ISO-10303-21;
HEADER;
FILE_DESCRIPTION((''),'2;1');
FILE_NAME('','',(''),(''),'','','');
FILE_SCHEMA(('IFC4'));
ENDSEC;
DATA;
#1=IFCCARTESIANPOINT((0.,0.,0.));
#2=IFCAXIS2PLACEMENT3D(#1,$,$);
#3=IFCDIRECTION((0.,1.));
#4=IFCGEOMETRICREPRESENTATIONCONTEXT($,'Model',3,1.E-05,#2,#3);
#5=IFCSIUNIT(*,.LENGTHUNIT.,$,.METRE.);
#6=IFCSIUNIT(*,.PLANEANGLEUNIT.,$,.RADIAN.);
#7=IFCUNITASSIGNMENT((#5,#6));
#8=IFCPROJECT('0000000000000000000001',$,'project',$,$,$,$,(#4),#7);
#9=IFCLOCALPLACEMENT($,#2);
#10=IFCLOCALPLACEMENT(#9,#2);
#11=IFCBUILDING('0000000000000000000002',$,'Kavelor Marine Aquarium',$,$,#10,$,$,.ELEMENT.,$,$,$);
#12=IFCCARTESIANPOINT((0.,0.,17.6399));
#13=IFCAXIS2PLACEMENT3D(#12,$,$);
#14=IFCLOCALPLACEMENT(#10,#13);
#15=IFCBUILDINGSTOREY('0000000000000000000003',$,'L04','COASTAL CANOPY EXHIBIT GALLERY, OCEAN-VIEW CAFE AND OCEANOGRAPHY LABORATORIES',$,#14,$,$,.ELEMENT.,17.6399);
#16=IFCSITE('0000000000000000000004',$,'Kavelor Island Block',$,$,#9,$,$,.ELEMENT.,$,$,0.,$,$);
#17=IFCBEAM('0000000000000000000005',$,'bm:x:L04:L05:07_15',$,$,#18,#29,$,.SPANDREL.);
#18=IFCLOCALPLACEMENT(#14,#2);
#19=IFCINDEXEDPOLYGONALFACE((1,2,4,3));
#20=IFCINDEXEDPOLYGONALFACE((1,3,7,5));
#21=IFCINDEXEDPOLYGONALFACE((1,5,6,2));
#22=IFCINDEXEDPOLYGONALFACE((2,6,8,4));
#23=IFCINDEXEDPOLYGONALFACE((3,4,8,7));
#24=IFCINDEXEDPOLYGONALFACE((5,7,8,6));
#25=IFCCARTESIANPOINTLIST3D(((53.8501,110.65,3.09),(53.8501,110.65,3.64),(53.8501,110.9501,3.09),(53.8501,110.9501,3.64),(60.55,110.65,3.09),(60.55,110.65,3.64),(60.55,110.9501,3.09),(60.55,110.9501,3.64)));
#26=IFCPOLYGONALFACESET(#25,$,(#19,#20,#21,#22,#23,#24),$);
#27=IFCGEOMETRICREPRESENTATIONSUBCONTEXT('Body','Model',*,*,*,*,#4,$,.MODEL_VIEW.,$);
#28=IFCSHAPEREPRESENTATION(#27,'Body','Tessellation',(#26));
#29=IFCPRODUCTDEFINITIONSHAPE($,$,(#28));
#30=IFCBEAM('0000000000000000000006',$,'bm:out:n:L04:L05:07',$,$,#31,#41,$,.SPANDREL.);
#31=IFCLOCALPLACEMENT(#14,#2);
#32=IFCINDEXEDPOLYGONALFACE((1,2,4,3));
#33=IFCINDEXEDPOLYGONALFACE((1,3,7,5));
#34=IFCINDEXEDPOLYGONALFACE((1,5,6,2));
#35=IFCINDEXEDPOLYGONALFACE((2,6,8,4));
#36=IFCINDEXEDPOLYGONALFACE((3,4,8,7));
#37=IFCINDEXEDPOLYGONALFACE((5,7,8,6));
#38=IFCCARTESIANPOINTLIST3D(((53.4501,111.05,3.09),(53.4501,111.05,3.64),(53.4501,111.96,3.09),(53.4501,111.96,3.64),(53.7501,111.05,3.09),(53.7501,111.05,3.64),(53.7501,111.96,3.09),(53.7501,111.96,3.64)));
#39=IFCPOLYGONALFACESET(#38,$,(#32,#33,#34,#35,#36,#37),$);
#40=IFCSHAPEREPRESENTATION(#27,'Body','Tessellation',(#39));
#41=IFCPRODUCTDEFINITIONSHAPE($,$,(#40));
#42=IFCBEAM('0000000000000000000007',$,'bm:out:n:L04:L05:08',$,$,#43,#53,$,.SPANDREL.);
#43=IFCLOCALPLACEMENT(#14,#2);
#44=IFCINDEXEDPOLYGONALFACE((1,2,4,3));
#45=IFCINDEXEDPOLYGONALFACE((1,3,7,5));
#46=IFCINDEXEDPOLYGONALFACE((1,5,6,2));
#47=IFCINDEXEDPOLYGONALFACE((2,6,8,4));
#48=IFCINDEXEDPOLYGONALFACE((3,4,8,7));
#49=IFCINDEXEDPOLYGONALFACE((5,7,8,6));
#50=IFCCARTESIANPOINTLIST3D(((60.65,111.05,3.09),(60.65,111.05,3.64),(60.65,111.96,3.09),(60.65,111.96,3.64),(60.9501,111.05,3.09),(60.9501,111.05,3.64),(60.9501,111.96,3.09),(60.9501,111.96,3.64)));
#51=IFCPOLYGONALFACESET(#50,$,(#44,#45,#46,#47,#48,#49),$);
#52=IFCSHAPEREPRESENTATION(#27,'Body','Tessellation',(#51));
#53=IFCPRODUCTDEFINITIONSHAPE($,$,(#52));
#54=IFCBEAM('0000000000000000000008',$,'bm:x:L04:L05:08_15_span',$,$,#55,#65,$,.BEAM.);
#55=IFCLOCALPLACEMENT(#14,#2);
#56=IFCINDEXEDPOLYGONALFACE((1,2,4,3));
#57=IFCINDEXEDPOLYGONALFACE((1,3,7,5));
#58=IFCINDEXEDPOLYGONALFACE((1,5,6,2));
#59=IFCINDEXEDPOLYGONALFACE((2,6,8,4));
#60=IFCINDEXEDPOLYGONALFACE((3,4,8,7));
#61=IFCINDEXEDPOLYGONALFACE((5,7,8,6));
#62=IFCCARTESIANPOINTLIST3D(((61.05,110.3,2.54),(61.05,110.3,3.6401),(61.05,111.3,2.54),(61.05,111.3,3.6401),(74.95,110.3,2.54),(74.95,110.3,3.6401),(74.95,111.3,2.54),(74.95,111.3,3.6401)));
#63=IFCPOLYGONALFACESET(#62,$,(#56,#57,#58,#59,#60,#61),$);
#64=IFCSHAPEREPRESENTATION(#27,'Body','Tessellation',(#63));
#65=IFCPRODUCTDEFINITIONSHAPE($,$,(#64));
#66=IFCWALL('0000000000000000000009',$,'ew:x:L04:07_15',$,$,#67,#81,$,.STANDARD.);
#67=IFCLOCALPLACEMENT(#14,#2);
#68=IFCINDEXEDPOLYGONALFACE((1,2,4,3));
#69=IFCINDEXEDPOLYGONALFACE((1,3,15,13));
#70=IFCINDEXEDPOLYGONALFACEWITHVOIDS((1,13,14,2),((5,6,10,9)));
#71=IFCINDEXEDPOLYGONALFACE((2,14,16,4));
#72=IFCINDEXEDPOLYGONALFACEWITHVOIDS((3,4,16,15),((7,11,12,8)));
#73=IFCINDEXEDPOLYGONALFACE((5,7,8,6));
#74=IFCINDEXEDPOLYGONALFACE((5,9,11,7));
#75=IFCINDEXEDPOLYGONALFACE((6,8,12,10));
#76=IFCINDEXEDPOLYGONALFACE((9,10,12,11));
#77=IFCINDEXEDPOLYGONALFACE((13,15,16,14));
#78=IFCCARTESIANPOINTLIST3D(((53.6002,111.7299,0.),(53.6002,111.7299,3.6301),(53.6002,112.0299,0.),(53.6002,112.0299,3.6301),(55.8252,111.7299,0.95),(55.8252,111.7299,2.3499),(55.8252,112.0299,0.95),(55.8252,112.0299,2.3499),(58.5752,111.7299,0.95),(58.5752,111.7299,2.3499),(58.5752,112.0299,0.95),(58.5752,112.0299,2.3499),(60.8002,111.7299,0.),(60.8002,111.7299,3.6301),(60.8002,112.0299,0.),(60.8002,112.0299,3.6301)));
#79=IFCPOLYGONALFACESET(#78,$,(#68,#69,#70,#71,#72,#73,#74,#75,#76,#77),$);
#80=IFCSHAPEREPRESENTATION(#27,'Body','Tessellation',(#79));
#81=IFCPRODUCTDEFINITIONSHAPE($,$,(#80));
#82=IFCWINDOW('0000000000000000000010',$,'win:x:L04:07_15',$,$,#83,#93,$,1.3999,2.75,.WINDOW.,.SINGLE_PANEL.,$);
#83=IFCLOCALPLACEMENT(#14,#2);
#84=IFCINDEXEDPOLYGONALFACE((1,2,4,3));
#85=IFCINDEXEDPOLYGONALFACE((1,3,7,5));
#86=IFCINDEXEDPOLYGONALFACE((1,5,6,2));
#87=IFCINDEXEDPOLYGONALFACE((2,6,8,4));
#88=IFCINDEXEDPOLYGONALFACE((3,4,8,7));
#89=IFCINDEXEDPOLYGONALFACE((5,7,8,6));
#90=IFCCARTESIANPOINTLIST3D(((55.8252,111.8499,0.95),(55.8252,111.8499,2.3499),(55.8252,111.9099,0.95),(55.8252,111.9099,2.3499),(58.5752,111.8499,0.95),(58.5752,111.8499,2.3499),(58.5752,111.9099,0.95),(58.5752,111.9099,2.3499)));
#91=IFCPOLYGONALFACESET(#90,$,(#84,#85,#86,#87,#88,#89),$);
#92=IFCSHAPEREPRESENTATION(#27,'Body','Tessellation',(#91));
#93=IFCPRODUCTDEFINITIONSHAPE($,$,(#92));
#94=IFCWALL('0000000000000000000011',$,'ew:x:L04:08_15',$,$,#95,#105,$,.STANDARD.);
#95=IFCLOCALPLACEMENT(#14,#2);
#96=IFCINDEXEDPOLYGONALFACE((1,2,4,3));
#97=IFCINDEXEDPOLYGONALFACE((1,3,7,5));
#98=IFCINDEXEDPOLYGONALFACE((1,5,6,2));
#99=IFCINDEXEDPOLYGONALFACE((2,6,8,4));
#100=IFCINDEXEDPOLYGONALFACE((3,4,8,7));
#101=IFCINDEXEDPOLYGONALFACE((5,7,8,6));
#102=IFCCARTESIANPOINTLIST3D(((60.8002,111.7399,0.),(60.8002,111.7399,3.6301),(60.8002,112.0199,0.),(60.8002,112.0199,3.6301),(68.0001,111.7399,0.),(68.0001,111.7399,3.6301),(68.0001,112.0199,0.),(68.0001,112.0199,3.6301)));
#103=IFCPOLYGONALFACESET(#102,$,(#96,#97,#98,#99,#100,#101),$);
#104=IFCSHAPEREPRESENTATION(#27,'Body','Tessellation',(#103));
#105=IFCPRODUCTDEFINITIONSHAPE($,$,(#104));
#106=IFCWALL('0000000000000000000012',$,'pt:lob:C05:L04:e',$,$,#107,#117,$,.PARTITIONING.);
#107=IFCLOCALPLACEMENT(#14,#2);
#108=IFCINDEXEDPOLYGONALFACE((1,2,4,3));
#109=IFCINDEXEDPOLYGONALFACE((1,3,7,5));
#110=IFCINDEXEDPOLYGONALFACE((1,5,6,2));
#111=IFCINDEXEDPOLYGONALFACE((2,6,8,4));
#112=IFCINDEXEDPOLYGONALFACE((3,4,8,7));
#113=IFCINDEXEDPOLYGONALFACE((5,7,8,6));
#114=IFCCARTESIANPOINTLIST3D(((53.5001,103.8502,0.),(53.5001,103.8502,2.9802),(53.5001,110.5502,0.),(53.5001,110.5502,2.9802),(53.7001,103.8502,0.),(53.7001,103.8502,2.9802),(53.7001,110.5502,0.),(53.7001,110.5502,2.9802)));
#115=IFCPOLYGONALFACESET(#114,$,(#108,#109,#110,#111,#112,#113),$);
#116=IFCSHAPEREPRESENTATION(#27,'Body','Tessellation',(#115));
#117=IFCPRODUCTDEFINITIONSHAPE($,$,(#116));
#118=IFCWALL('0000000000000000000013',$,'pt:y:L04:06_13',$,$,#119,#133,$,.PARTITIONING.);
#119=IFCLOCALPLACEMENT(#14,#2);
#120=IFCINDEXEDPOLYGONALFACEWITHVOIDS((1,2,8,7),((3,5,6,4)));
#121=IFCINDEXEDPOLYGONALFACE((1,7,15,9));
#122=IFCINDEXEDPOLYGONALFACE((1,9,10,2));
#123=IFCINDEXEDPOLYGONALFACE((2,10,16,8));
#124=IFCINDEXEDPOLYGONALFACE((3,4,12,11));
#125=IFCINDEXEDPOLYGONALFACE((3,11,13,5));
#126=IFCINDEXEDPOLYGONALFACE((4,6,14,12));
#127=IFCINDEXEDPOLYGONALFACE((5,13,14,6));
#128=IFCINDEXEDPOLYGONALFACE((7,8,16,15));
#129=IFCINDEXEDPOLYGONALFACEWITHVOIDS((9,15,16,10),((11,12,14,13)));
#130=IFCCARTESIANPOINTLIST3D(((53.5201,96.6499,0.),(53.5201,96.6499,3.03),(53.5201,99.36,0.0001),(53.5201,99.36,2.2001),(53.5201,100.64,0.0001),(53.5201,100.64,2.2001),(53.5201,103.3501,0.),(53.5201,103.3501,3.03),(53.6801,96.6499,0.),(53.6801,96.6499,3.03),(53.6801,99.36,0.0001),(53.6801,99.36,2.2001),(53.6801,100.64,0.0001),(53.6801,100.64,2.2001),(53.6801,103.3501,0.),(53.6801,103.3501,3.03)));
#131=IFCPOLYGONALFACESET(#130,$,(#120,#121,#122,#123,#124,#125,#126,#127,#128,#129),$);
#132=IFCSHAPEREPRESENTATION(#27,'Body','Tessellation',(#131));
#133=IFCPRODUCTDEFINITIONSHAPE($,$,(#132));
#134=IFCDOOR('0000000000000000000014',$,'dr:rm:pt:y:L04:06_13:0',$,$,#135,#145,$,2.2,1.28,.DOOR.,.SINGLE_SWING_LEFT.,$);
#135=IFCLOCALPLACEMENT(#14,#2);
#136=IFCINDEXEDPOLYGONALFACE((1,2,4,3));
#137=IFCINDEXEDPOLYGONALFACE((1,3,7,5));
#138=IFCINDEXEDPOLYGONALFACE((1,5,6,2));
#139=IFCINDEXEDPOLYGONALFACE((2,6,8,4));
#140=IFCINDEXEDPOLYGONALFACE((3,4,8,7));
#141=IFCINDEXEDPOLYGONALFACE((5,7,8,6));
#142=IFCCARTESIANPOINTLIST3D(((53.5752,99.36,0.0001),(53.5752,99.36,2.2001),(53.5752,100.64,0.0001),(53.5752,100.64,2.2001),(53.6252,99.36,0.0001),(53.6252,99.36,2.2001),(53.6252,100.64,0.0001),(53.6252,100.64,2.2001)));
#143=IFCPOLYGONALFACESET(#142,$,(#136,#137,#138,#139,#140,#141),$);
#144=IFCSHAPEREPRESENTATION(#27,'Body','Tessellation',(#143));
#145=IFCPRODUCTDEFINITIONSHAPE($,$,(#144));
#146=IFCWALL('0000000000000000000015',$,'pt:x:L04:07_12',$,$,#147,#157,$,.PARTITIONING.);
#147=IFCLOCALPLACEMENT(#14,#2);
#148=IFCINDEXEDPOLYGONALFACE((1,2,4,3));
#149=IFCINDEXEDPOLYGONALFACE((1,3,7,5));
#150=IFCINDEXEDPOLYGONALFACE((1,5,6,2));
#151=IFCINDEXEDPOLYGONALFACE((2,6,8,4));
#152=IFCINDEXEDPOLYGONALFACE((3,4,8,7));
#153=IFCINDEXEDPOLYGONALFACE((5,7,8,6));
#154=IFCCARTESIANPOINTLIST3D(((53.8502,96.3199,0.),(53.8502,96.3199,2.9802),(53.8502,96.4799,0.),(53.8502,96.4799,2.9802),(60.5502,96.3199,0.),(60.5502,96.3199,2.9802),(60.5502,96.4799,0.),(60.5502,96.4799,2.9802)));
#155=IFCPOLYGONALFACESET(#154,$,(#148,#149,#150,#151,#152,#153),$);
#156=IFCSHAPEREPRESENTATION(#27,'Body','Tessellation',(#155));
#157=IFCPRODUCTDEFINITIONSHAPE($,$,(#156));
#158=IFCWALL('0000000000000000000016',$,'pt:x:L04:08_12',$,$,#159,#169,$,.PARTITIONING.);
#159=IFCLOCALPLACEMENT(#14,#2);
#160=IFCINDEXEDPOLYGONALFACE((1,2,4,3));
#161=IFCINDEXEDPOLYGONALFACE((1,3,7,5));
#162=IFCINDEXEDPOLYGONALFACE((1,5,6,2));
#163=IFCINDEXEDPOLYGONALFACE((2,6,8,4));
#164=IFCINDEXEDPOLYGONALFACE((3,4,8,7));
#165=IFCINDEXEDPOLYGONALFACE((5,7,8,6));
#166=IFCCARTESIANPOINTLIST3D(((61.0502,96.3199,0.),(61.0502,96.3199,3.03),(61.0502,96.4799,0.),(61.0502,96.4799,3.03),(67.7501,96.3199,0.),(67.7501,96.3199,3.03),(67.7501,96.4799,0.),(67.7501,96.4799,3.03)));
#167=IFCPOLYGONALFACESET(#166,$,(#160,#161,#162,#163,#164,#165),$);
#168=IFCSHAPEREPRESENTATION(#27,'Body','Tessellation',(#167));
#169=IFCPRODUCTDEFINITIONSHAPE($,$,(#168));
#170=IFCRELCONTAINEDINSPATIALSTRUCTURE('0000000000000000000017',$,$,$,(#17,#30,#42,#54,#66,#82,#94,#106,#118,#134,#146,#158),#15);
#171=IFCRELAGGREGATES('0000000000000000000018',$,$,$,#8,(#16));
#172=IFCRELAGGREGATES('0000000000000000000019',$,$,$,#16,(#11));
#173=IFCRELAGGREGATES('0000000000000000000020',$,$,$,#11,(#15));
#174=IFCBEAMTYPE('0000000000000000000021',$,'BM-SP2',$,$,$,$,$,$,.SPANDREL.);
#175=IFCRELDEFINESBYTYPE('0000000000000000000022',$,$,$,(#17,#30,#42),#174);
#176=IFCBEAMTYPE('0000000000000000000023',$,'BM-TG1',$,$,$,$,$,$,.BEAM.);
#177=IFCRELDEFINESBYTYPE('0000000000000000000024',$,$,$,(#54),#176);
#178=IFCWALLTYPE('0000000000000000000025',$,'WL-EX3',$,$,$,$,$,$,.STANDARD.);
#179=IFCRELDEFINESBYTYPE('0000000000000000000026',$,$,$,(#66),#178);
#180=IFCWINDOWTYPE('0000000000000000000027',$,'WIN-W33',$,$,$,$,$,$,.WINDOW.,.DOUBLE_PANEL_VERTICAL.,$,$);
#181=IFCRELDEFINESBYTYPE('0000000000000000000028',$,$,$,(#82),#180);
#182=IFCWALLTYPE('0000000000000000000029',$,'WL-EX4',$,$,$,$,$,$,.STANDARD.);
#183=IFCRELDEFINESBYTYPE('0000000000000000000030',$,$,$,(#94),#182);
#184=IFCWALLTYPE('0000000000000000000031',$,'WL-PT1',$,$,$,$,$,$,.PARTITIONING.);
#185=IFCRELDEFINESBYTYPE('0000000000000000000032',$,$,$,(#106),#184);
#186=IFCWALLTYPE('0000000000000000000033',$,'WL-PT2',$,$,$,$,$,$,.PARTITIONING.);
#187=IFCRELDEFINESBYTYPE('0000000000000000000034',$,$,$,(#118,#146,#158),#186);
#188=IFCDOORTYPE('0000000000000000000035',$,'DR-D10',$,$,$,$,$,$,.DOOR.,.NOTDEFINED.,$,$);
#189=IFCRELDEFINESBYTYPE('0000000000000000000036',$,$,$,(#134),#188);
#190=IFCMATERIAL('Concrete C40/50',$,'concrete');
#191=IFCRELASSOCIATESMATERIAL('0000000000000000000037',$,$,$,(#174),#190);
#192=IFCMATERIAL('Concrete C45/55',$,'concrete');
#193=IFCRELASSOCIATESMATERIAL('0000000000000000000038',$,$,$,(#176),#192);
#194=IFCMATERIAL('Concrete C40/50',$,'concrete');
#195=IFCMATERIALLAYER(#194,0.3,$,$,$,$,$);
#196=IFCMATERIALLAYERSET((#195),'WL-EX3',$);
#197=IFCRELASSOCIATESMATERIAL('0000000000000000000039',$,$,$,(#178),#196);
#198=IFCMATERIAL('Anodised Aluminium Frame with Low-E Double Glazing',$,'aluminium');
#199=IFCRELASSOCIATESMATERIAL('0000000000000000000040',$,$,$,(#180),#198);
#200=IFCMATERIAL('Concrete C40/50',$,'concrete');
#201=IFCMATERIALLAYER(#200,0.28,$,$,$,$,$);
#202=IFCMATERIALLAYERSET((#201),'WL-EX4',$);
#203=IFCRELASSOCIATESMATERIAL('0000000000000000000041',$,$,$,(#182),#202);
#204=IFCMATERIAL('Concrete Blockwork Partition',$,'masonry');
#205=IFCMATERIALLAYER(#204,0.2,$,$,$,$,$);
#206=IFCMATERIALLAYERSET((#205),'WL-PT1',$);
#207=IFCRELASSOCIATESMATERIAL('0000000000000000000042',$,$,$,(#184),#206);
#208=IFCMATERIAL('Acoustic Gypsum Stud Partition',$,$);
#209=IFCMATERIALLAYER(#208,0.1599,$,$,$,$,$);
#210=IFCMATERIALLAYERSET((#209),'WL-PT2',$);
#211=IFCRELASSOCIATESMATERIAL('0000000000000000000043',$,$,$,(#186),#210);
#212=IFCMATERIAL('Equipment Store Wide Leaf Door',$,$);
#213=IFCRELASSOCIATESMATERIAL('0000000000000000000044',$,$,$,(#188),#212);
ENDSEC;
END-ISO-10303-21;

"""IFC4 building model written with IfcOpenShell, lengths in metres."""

from ifc_helpers import new_model, si_unit, direction, frame, frame_2d, origin, origin_2d, place, context, subcontext, project, spatial, rectangle, extrude, material, layer, layer_set, material_profile, profile_set, type_object, element, fill, save


model = new_model("IFC4")

# Units and contexts
model_context = context("Model", 3, precision=1e-05, world=origin(), true_north=direction((0.0, 1.0)))
body_context = subcontext(model_context, "Body", "Model", "MODEL_VIEW")
ifc_project = project(units=[si_unit("LENGTHUNIT", "METRE"), si_unit("PLANEANGLEUNIT", "RADIAN")], contexts=[model_context])

# Site, building, storey
site_placement = place(None, origin())
site = spatial("IfcSite", under=ifc_project, at=site_placement, Name="Kavelor Island Block", CompositionType="ELEMENT", RefElevation=0.0)
building_placement = place(site_placement, origin())
building = spatial("IfcBuilding", under=site, at=building_placement, Name="Kavelor Marine Aquarium", CompositionType="ELEMENT")
storey_placement = place(building_placement, frame((0.0, 0.0, 17.6399)))
storey = spatial("IfcBuildingStorey", under=building, at=storey_placement, Name="L04", Description="COASTAL CANOPY EXHIBIT GALLERY, OCEAN-VIEW CAFE AND OCEANOGRAPHY LABORATORIES", CompositionType="ELEMENT", Elevation=17.6399)

# Beams
ifc_material_1 = material(Name="Concrete C40/50", Category="concrete")
ifc_material_profile_1 = material_profile(ifc_material_1, rectangle(XDim=0.3, YDim=0.55, at=origin_2d()), Name="RC-SP 300x550")
ifc_profile_set_1 = profile_set([ifc_material_profile_1], Name="Concrete C40/50")
beam_type_1 = type_object("IfcBeamType", Name="BM-SP2", PredefinedType="SPANDREL", material=ifc_profile_set_1)
beam_1_placement = place(storey_placement, frame((53.8501, 110.8, 3.365), z_axis=(1.0, 0.0, 0.0), x_axis=(0.0, 1.0, 0.0)))
element("IfcBeam", 1, at=beam_1_placement, inside=storey, type_object=beam_type_1, Name="bm:x:L04:L05:07_15", PredefinedType="SPANDREL", context=body_context, shape_type="SweptSolid", body=[
    extrude(rectangle(XDim=0.3, YDim=0.55, at=origin_2d()), origin(), (0.0, 0.0, 1.0), 6.7),
])
for number, where, z_axis, x_axis, name in (
    (2, (53.6001, 111.05, 3.365), (0.0, 1.0, 0.0), (-1.0, 0.0, 0.0), "bm:out:n:L04:L05:07"),
    (3, (60.8, 111.05, 3.365), (0.0, 1.0, 0.0), (-1.0, 0.0, 0.0), "bm:out:n:L04:L05:08"),
):
    element("IfcBeam", number, at=place(storey_placement, frame(where, z_axis=z_axis, x_axis=x_axis)), inside=storey, type_object=beam_type_1, Name=name, PredefinedType="SPANDREL", context=body_context, shape_type="SweptSolid", body=[
        extrude(rectangle(XDim=0.3, YDim=0.55, at=origin_2d()), origin(), (0.0, 0.0, 1.0), 0.9099),
    ])
ifc_material_2 = material(Name="Concrete C45/55", Category="concrete")
ifc_material_profile_2 = material_profile(ifc_material_2, rectangle(XDim=1.0, YDim=1.1001, at=origin_2d()), Name="RC-TG 1000x1100")
ifc_profile_set_2 = profile_set([ifc_material_profile_2], Name="Concrete C45/55")
beam_type_2 = type_object("IfcBeamType", Name="BM-TG1", PredefinedType="BEAM", material=ifc_profile_set_2)
beam_2_placement = place(storey_placement, frame((61.05, 110.8, 3.0901), z_axis=(1.0, 0.0, 0.0), x_axis=(0.0, 1.0, 0.0)))
element("IfcBeam", 4, at=beam_2_placement, inside=storey, type_object=beam_type_2, Name="bm:x:L04:L05:08_15_span", PredefinedType="BEAM", context=body_context, shape_type="SweptSolid", body=[
    extrude(rectangle(XDim=1.0, YDim=1.1001, at=origin_2d()), origin(), (0.0, 0.0, 1.0), 13.8999),
])

# Wall, opening, window
ifc_material_3 = material(Name="Concrete C40/50", Category="concrete")
ifc_layer_1 = layer(ifc_material_3, 0.3)
ifc_layer_set_1 = layer_set([ifc_layer_1], Name="WL-EX3")
wall_type_1 = type_object("IfcWallType", Name="WL-EX3", PredefinedType="STANDARD", material=ifc_layer_set_1)
wall_1_placement = place(storey_placement, frame((53.6001, 111.8799, 0.0), z_axis=(0.0, 0.0, 1.0), x_axis=(1.0, 0.0, 0.0)))
wall_1 = element("IfcWall", 5, at=wall_1_placement, inside=storey, type_object=wall_type_1, Name="ew:x:L04:07_15", PredefinedType="STANDARD", context=body_context, shape_type="SweptSolid", body=[
    extrude(rectangle(XDim=7.2, YDim=0.3, at=frame_2d((3.6001, 0.0))), origin(), (0.0, 0.0, 1.0), 3.6301),
])
opening_1_placement = place(wall_1_placement, frame((2.2251, 0.0, 0.95)))
opening_1 = element("IfcOpeningElement", 6, at=opening_1_placement, cuts=wall_1, PredefinedType="OPENING", context=body_context, shape_type="SweptSolid", body=[
    extrude(rectangle(XDim=2.75, YDim=1.3999, at=frame_2d((1.375, 0.7))), frame((0.0, 0.1599, 0.0), z_axis=(0.0, -1.0, 0.0), x_axis=(1.0, 0.0, 0.0)), (0.0, 0.0, 1.0), 0.32),
])
ifc_material_4 = material(Name="Anodised Aluminium Frame with Low-E Double Glazing", Category="aluminium")
window_type = type_object("IfcWindowType", Name="WIN-W33", PartitioningType="DOUBLE_PANEL_VERTICAL", PredefinedType="WINDOW", material=ifc_material_4)
window_placement = place(opening_1_placement, origin())
window = element("IfcWindow", 7, at=window_placement, inside=storey, type_object=window_type, Name="win:x:L04:07_15", OverallHeight=1.3999, OverallWidth=2.75, PartitioningType="SINGLE_PANEL", PredefinedType="WINDOW", context=body_context, shape_type="SweptSolid", body=[
    extrude(rectangle(XDim=2.75, YDim=1.3999, at=frame_2d((1.375, 0.7))), frame((0.0, 0.03, 0.0), z_axis=(0.0, -1.0, 0.0), x_axis=(1.0, 0.0, 0.0)), (0.0, 0.0, 1.0), 0.0601),
])
fill(opening_1, window)

# Walls
ifc_material_5 = material(Name="Concrete C40/50", Category="concrete")
ifc_layer_2 = layer(ifc_material_5, 0.28)
ifc_layer_set_2 = layer_set([ifc_layer_2], Name="WL-EX4")
wall_type_2 = type_object("IfcWallType", Name="WL-EX4", PredefinedType="STANDARD", material=ifc_layer_set_2)
wall_2_placement = place(storey_placement, frame((60.8, 111.8799, 0.0), z_axis=(0.0, 0.0, 1.0), x_axis=(1.0, 0.0, 0.0)))
element("IfcWall", 8, at=wall_2_placement, inside=storey, type_object=wall_type_2, Name="ew:x:L04:08_15", PredefinedType="STANDARD", context=body_context, shape_type="SweptSolid", body=[
    extrude(rectangle(XDim=7.2, YDim=0.28, at=frame_2d((3.6001, 0.0))), origin(), (0.0, 0.0, 1.0), 3.6301),
])
ifc_material_6 = material(Name="Concrete Blockwork Partition", Category="masonry")
ifc_layer_3 = layer(ifc_material_6, 0.2)
ifc_layer_set_3 = layer_set([ifc_layer_3], Name="WL-PT1")
wall_type_3 = type_object("IfcWallType", Name="WL-PT1", PredefinedType="PARTITIONING", material=ifc_layer_set_3)
wall_3_placement = place(storey_placement, frame((53.6001, 103.8501, 0.0), z_axis=(0.0, 0.0, 1.0), x_axis=(0.0, 1.0, 0.0)))
element("IfcWall", 9, at=wall_3_placement, inside=storey, type_object=wall_type_3, Name="pt:lob:C05:L04:e", PredefinedType="PARTITIONING", context=body_context, shape_type="SweptSolid", body=[
    extrude(rectangle(XDim=6.7, YDim=0.2, at=frame_2d((3.3501, 0.0))), origin(), (0.0, 0.0, 1.0), 2.9802),
])

# Wall, opening, door
ifc_material_7 = material(Name="Acoustic Gypsum Stud Partition")
ifc_layer_4 = layer(ifc_material_7, 0.1599)
ifc_layer_set_4 = layer_set([ifc_layer_4], Name="WL-PT2")
wall_type_4 = type_object("IfcWallType", Name="WL-PT2", PredefinedType="PARTITIONING", material=ifc_layer_set_4)
wall_4_placement = place(storey_placement, frame((53.6001, 96.6499, 0.0), z_axis=(0.0, 0.0, 1.0), x_axis=(0.0, 1.0, 0.0)))
wall_4 = element("IfcWall", 10, at=wall_4_placement, inside=storey, type_object=wall_type_4, Name="pt:y:L04:06_13", PredefinedType="PARTITIONING", context=body_context, shape_type="SweptSolid", body=[
    extrude(rectangle(XDim=6.7002, YDim=0.1599, at=frame_2d((3.3501, 0.0))), origin(), (0.0, 0.0, 1.0), 3.03),
])
opening_2_placement = place(wall_4_placement, frame((2.71, 0.0, 0.0)))
opening_2 = element("IfcOpeningElement", 11, at=opening_2_placement, cuts=wall_4, PredefinedType="OPENING", context=body_context, shape_type="SweptSolid", body=[
    extrude(rectangle(XDim=1.28, YDim=2.2, at=frame_2d((0.6401, 1.1001))), frame((0.0, 0.0898, 0.0), z_axis=(0.0, -1.0, 0.0), x_axis=(1.0, 0.0, 0.0)), (0.0, 0.0, 1.0), 0.1799),
])
ifc_material_8 = material(Name="Equipment Store Wide Leaf Door")
door_type = type_object("IfcDoorType", Name="DR-D10", OperationType="NOTDEFINED", PredefinedType="DOOR", material=ifc_material_8)
door_placement = place(opening_2_placement, origin())
door = element("IfcDoor", 12, at=door_placement, inside=storey, type_object=door_type, Name="dr:rm:pt:y:L04:06_13:0", OperationType="SINGLE_SWING_LEFT", OverallHeight=2.2, OverallWidth=1.28, PredefinedType="DOOR", context=body_context, shape_type="SweptSolid", body=[
    extrude(rectangle(XDim=1.28, YDim=2.2, at=frame_2d((0.6401, 1.1001))), frame((0.0, 0.0249, 0.0), z_axis=(0.0, -1.0, 0.0), x_axis=(1.0, 0.0, 0.0)), (0.0, 0.0, 1.0), 0.05),
])
fill(opening_2, door)

# Walls
wall_5_placement = place(storey_placement, frame((53.8501, 96.3999, 0.0), z_axis=(0.0, 0.0, 1.0), x_axis=(1.0, 0.0, 0.0)))
element("IfcWall", 13, at=wall_5_placement, inside=storey, type_object=wall_type_4, Name="pt:x:L04:07_12", PredefinedType="PARTITIONING", context=body_context, shape_type="SweptSolid", body=[
    extrude(rectangle(XDim=6.7, YDim=0.1599, at=frame_2d((3.3501, 0.0))), origin(), (0.0, 0.0, 1.0), 2.9802),
])
wall_6_placement = place(storey_placement, frame((61.05, 96.3999, 0.0), z_axis=(0.0, 0.0, 1.0), x_axis=(1.0, 0.0, 0.0)))
element("IfcWall", 14, at=wall_6_placement, inside=storey, type_object=wall_type_4, Name="pt:x:L04:08_12", PredefinedType="PARTITIONING", context=body_context, shape_type="SweptSolid", body=[
    extrude(rectangle(XDim=6.7, YDim=0.1599, at=frame_2d((3.3501, 0.0))), origin(), (0.0, 0.0, 1.0), 3.03),
])

save(model, "model.ifc")
